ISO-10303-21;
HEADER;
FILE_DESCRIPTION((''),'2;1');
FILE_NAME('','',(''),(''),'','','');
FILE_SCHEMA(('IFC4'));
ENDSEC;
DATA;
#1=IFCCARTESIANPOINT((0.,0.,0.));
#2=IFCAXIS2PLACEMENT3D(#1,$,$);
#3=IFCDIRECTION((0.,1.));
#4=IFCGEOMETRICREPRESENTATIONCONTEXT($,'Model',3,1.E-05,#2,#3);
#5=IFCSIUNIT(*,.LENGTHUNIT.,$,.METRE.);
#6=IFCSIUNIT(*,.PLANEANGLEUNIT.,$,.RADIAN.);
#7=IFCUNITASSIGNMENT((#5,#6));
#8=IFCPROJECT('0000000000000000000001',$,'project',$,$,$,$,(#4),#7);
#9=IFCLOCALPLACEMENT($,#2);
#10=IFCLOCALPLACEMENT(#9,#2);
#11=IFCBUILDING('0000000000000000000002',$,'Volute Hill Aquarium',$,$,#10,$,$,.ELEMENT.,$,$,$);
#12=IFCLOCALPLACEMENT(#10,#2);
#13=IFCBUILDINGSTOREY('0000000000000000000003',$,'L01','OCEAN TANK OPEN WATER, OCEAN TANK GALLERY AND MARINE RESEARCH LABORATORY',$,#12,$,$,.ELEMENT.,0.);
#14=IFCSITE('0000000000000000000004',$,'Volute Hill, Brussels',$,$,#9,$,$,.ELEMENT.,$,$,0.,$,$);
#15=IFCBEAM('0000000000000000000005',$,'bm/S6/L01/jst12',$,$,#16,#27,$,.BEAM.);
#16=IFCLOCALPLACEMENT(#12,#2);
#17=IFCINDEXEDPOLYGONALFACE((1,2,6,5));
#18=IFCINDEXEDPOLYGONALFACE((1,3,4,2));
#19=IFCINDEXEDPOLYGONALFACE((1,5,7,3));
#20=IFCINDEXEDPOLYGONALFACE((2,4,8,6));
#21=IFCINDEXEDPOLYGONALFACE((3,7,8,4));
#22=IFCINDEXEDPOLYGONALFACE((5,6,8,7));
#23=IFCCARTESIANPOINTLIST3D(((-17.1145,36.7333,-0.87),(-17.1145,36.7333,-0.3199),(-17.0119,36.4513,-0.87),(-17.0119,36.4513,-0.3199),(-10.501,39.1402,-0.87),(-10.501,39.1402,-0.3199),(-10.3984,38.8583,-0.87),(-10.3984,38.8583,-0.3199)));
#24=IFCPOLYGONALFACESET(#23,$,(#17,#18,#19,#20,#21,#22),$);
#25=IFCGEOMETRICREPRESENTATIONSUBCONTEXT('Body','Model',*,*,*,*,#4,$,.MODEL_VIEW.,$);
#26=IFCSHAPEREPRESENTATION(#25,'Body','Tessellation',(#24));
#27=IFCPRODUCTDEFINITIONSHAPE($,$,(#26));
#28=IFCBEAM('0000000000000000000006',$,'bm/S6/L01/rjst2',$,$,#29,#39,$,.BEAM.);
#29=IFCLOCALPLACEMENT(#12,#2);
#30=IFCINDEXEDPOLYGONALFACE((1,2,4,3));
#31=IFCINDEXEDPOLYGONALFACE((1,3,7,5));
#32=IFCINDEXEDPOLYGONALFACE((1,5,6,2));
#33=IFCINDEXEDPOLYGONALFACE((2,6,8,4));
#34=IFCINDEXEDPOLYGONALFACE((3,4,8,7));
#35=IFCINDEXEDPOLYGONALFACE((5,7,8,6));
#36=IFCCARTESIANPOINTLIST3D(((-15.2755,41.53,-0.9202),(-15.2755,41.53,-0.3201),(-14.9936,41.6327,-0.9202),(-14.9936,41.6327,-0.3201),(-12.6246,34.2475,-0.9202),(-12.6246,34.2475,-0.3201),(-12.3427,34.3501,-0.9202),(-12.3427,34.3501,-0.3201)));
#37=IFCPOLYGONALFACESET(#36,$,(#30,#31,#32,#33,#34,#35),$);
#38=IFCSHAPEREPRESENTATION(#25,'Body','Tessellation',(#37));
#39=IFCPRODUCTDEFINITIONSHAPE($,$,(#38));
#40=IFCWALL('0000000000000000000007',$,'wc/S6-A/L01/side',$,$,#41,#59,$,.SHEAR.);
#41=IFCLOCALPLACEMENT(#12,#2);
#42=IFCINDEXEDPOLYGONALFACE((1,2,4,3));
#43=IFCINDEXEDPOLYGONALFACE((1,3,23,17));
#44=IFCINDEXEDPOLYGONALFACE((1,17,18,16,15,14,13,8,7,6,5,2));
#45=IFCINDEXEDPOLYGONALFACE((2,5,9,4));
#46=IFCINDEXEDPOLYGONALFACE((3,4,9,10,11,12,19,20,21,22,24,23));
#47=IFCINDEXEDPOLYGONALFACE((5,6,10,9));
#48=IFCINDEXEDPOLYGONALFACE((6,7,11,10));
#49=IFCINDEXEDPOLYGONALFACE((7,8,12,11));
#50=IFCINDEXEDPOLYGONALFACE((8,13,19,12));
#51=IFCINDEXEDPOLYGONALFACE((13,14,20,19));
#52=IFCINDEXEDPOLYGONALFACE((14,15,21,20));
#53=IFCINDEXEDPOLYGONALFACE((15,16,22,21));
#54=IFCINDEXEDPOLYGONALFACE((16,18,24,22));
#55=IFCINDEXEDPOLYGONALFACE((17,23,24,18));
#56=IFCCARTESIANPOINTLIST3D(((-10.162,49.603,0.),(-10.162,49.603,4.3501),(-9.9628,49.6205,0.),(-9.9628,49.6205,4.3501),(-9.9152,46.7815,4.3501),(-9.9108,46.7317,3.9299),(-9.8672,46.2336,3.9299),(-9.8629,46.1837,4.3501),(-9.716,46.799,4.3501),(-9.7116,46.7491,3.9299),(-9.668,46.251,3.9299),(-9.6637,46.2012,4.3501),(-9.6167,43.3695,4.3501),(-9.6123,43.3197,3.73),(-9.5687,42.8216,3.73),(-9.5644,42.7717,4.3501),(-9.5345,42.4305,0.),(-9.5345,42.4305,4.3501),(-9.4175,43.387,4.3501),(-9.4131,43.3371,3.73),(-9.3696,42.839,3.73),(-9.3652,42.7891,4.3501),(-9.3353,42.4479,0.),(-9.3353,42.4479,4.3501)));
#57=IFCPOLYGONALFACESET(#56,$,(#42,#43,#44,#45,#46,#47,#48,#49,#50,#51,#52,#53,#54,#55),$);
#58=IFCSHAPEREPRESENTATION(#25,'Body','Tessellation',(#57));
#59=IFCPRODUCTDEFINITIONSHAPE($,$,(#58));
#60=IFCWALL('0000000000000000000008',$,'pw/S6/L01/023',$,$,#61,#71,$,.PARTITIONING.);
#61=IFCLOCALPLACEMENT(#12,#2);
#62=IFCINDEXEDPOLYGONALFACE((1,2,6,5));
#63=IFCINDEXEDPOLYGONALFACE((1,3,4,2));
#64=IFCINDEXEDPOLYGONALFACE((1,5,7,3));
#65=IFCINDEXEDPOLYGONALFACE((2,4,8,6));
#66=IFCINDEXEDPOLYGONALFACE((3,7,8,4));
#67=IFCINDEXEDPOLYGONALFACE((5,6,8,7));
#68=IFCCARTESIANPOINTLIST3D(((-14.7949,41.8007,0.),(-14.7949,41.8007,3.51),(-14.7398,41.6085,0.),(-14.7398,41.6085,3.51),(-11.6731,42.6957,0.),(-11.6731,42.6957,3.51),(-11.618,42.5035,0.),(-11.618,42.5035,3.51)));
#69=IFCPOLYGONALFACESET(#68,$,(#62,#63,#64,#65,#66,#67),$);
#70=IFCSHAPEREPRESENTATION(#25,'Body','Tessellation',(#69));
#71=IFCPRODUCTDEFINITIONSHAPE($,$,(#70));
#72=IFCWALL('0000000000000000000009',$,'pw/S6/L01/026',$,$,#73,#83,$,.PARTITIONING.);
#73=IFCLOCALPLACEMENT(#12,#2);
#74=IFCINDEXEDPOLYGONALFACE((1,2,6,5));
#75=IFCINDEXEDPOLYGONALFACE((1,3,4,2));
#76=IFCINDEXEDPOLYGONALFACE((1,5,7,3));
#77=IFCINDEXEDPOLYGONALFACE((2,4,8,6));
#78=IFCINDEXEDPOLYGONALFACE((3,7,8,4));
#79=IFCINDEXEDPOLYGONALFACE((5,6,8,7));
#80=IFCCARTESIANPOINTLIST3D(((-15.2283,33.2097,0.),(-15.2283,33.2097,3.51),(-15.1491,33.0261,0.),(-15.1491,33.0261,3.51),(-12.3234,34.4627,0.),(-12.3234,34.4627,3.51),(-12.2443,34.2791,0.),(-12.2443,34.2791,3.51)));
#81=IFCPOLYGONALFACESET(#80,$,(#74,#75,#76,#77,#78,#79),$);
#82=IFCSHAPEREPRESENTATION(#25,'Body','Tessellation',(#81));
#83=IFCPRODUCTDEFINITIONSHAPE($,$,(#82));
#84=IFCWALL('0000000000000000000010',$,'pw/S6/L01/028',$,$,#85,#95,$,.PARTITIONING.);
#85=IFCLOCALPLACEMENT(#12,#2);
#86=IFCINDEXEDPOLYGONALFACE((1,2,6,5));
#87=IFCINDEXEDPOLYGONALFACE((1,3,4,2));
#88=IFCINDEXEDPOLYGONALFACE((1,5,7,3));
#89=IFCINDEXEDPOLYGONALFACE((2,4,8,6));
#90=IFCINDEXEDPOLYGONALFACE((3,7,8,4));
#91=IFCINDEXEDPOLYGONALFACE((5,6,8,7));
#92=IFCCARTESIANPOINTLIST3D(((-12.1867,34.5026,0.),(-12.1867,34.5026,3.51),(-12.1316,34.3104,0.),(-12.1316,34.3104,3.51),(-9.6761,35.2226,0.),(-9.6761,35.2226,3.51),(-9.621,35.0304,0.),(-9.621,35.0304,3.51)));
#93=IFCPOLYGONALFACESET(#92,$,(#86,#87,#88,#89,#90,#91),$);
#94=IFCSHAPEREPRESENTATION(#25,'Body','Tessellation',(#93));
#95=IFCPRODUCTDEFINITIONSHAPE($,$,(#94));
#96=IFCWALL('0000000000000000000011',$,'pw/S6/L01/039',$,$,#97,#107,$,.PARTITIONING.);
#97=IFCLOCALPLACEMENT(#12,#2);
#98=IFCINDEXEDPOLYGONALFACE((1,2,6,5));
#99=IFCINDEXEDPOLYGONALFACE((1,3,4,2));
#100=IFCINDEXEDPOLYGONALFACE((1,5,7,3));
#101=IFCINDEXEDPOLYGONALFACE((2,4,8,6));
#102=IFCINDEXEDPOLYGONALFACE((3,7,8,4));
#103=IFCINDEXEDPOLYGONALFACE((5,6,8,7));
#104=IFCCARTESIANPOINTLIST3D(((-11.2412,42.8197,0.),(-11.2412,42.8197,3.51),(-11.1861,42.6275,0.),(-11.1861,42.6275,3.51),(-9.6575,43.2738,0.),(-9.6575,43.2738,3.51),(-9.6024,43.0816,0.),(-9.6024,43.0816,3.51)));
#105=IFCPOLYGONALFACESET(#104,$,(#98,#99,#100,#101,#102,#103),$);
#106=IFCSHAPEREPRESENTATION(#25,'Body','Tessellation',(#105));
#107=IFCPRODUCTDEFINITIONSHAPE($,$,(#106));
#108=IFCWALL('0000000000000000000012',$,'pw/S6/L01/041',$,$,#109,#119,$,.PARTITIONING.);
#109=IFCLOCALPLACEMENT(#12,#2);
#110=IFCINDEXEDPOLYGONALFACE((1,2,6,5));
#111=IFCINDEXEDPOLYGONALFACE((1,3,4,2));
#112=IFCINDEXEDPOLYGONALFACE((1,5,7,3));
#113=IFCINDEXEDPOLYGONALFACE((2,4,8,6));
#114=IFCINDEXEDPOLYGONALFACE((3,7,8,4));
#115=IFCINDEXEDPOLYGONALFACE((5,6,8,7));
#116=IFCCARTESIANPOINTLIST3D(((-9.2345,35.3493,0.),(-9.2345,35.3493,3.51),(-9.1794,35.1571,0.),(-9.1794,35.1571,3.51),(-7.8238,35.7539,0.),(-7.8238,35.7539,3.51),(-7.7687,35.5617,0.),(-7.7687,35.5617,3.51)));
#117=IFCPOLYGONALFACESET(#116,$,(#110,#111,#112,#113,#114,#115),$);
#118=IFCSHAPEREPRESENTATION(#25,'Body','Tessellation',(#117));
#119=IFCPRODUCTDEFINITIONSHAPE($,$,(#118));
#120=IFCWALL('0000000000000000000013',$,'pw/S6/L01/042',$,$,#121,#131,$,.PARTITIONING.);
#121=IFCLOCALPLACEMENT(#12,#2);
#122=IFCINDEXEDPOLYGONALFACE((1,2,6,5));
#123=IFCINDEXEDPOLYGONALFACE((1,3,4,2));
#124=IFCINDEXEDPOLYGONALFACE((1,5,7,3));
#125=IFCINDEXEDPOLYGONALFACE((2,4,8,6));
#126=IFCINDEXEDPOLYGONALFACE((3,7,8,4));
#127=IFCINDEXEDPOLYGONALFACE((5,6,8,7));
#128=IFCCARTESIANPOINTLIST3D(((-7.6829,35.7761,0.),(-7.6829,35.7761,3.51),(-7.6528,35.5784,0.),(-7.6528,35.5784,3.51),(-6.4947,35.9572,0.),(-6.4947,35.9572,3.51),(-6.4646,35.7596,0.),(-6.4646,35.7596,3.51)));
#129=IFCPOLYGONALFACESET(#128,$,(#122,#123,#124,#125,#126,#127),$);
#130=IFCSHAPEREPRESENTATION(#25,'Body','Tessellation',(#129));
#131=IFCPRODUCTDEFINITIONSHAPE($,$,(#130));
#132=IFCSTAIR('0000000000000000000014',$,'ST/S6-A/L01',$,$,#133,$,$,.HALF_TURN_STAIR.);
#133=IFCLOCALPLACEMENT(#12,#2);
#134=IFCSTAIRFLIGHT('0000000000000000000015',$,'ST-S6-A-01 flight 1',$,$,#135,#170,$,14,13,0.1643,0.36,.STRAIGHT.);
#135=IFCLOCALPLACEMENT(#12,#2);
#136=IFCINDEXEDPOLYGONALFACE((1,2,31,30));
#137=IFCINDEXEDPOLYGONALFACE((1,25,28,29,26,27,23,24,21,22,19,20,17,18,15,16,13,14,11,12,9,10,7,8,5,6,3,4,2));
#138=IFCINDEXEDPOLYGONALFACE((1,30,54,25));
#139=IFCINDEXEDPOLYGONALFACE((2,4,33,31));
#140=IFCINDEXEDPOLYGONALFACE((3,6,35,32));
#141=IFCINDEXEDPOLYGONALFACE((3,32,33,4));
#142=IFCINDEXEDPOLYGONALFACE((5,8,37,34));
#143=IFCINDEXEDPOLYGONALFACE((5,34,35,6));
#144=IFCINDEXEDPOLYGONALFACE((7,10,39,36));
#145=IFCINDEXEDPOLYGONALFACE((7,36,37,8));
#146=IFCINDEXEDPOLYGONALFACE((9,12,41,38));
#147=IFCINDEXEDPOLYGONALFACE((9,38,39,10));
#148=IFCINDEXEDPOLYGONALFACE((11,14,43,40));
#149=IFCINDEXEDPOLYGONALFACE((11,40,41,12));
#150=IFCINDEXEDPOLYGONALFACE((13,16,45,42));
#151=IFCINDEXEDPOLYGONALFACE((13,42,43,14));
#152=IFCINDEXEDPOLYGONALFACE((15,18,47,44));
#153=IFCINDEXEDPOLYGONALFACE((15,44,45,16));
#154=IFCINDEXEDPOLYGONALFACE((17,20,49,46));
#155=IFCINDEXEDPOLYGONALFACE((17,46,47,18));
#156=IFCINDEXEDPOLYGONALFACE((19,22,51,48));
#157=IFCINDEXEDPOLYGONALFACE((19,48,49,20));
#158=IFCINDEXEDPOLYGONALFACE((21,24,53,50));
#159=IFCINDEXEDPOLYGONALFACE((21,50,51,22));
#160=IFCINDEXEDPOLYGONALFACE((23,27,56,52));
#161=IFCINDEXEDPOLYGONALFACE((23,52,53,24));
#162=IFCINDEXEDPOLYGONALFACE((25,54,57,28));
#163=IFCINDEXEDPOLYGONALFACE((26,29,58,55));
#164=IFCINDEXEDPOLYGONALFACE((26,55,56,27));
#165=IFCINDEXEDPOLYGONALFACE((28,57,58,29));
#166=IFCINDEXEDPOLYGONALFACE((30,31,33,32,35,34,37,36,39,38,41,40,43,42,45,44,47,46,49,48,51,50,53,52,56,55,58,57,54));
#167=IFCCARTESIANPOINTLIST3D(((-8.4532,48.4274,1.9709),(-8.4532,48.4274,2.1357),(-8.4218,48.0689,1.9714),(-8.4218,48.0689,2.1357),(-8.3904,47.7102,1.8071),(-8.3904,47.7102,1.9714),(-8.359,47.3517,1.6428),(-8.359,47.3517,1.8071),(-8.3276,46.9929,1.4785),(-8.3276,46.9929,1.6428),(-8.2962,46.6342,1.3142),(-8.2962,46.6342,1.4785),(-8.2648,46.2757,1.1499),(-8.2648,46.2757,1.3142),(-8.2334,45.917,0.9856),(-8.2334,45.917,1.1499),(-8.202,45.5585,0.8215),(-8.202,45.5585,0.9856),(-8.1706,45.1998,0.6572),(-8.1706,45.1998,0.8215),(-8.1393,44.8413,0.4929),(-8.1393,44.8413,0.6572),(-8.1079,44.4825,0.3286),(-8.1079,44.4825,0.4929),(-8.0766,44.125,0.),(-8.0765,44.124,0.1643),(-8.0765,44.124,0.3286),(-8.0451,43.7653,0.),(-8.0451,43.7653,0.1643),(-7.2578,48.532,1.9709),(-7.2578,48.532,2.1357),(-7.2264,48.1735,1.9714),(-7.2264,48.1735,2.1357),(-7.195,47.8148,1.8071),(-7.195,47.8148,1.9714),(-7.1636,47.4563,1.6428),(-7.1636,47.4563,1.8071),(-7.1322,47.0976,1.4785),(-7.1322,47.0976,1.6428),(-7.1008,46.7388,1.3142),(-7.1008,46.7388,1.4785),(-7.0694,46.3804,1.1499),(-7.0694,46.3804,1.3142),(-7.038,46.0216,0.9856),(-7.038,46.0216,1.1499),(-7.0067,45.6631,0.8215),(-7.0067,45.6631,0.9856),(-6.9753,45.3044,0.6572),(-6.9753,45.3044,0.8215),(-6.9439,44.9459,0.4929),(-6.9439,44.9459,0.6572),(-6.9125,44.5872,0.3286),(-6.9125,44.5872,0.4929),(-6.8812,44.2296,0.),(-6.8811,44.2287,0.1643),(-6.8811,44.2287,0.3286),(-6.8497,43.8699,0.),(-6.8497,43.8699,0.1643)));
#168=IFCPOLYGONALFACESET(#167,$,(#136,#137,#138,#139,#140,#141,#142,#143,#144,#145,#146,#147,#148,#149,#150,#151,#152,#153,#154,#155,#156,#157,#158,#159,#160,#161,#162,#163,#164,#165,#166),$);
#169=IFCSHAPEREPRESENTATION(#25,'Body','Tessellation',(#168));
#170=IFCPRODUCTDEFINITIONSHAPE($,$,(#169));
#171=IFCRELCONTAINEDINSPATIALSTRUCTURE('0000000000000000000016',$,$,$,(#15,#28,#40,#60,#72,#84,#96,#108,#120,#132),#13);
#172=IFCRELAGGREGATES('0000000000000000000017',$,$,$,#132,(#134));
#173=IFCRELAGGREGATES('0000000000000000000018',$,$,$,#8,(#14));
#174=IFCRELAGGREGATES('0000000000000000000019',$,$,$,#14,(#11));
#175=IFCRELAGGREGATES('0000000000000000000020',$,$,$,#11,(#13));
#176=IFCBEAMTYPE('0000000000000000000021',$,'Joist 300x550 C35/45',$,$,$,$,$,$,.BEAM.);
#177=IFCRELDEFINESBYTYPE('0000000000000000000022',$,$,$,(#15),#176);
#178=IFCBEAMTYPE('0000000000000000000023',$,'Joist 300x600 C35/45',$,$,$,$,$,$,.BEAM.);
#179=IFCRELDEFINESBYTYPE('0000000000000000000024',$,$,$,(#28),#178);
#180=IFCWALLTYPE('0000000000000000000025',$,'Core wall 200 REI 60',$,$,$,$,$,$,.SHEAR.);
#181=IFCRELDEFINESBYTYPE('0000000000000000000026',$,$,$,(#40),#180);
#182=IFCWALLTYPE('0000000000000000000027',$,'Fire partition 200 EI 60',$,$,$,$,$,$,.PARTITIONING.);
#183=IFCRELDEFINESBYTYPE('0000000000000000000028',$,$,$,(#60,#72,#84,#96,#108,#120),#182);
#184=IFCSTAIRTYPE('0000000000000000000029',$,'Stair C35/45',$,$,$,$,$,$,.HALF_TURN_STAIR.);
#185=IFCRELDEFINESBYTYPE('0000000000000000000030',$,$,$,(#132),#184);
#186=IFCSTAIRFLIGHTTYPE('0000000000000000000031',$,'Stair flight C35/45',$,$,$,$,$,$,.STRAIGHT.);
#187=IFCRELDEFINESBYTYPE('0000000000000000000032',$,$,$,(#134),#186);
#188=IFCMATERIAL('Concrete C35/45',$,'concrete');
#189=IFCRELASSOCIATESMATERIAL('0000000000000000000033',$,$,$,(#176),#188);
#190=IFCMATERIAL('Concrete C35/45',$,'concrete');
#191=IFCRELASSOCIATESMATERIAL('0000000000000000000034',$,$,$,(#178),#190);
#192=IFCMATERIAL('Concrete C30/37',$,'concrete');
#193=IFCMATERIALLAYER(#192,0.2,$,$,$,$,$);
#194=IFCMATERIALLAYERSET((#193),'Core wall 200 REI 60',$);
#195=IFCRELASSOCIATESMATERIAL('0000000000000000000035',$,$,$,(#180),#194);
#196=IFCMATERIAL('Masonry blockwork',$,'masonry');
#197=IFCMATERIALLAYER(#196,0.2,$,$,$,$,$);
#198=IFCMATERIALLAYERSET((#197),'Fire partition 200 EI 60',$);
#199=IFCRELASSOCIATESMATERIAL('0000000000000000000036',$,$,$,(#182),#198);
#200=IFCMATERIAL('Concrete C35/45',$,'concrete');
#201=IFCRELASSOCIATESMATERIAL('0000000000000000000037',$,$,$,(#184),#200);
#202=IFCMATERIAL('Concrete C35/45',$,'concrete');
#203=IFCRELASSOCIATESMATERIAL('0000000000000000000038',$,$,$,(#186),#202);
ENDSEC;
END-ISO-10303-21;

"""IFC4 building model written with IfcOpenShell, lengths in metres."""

from ifc_helpers import new_model, si_unit, direction, frame, frame_2d, origin, origin_2d, place, context, subcontext, project, spatial, polyline, rectangle, outline, extrude, material, layer, layer_set, material_profile, profile_set, type_object, element, aggregate, save


model = new_model("IFC4")

# Units and contexts
model_context = context("Model", 3, precision=1e-05, world=origin(), true_north=direction((0.0, 1.0)))
body_context = subcontext(model_context, "Body", "Model", "MODEL_VIEW")
ifc_project = project(units=[si_unit("LENGTHUNIT", "METRE"), si_unit("PLANEANGLEUNIT", "RADIAN")], contexts=[model_context])

# Site, building, storey
site_placement = place(None, origin())
site = spatial("IfcSite", under=ifc_project, at=site_placement, Name="Volute Hill, Brussels", CompositionType="ELEMENT", RefElevation=0.0)
building_placement = place(site_placement, origin())
building = spatial("IfcBuilding", under=site, at=building_placement, Name="Volute Hill Aquarium", CompositionType="ELEMENT")
storey_placement = place(building_placement, origin())
storey = spatial("IfcBuildingStorey", under=building, at=storey_placement, Name="L01", Description="OCEAN TANK OPEN WATER, OCEAN TANK GALLERY AND MARINE RESEARCH LABORATORY", CompositionType="ELEMENT", Elevation=0.0)

# Beams
ifc_material_1 = material(Name="Concrete C35/45", Category="concrete")
ifc_material_profile_1 = material_profile(ifc_material_1, rectangle(XDim=0.3, YDim=0.55, at=origin_2d()), Name="RC joist 300x550")
ifc_profile_set_1 = profile_set([ifc_material_profile_1], Name="Concrete C35/45")
beam_type_1 = type_object("IfcBeamType", Name="Joist 300x550 C35/45", PredefinedType="BEAM", material=ifc_profile_set_1)
beam_1_placement = place(storey_placement, frame((-10.4497, 38.9993, -0.595), z_axis=(-0.939699, -0.342002, 0.0), x_axis=(0.342002, -0.939699, 0.0)))
element("IfcBeam", 1, at=beam_1_placement, inside=storey, type_object=beam_type_1, Name="bm/S6/L01/jst12", PredefinedType="BEAM", context=body_context, shape_type="SweptSolid", body=[
    extrude(rectangle(XDim=0.3, YDim=0.55, at=origin_2d()), origin(), (0.0, 0.0, 1.0), 7.0378),
])
ifc_material_2 = material(Name="Concrete C35/45", Category="concrete")
ifc_material_profile_2 = material_profile(ifc_material_2, rectangle(XDim=0.3, YDim=0.6001, at=origin_2d()), Name="RC joist 300x600")
ifc_profile_set_2 = profile_set([ifc_material_profile_2], Name="Concrete C35/45")
beam_type_2 = type_object("IfcBeamType", Name="Joist 300x600 C35/45", PredefinedType="BEAM", material=ifc_profile_set_2)
beam_2_placement = place(storey_placement, frame((-12.4836, 34.2988, -0.6201), z_axis=(-0.342052, 0.939681, 0.0), x_axis=(-0.939681, -0.342052, 0.0)))
element("IfcBeam", 2, at=beam_2_placement, inside=storey, type_object=beam_type_2, Name="bm/S6/L01/rjst2", PredefinedType="BEAM", context=body_context, shape_type="SweptSolid", body=[
    extrude(rectangle(XDim=0.3, YDim=0.6001, at=origin_2d()), origin(), (0.0, 0.0, 1.0), 7.75),
])

# Walls
ifc_material_3 = material(Name="Concrete C30/37", Category="concrete")
ifc_layer_1 = layer(ifc_material_3, 0.2)
ifc_layer_set_1 = layer_set([ifc_layer_1], Name="Core wall 200 REI 60")
wall_type_1 = type_object("IfcWallType", Name="Core wall 200 REI 60", PredefinedType="SHEAR", material=ifc_layer_set_1)
wall_1_placement = place(storey_placement, frame((-9.4348, 42.4392, 0.0), z_axis=(0.0, 0.0, 1.0), x_axis=(-0.087145, 0.996196, 0.0)))
element("IfcWall", 3, at=wall_1_placement, inside=storey, type_object=wall_type_1, Name="wc/S6-A/L01/side", PredefinedType="SHEAR", context=body_context, shape_type="SweptSolid", body=[
    extrude(outline(polyline([(0.0, 0.0), (7.2, 0.0), (7.2, 4.3501), (4.3677, 4.3501), (4.3176, 3.9299), (3.8176, 3.9299), (3.7676, 4.3501), (0.9426, 4.3501), (0.8926, 3.73), (0.3926, 3.73), (0.3425, 4.3501), (0.0, 4.3501), (0.0, 0.0)])), frame((0.0, 0.1001, 0.0), z_axis=(0.0, -1.0, 0.0), x_axis=(1.0, 0.0, 0.0)), (0.0, 0.0, 1.0), 0.2),
])
ifc_material_4 = material(Name="Masonry blockwork", Category="masonry")
ifc_layer_2 = layer(ifc_material_4, 0.2)
ifc_layer_set_2 = layer_set([ifc_layer_2], Name="Fire partition 200 EI 60")
wall_type_2 = type_object("IfcWallType", Name="Fire partition 200 EI 60", PredefinedType="PARTITIONING", material=ifc_layer_set_2)
wall_2_placement = place(storey_placement, frame((-14.7673, 41.7046, 0.0), z_axis=(0.0, 0.0, 1.0), x_axis=(0.961274, 0.275595, 0.0)))
element("IfcWall", 4, at=wall_2_placement, inside=storey, type_object=wall_type_2, Name="pw/S6/L01/023", PredefinedType="PARTITIONING", context=body_context, shape_type="SweptSolid", body=[
    extrude(rectangle(XDim=3.2476, YDim=0.2, at=frame_2d((1.6238, 0.0))), origin(), (0.0, 0.0, 1.0), 3.51),
])
wall_3_placement = place(storey_placement, frame((-15.1887, 33.1179, 0.0), z_axis=(0.0, 0.0, 1.0), x_axis=(0.918224, 0.39606, 0.0)))
element("IfcWall", 5, at=wall_3_placement, inside=storey, type_object=wall_type_2, Name="pw/S6/L01/026", PredefinedType="PARTITIONING", context=body_context, shape_type="SweptSolid", body=[
    extrude(rectangle(XDim=3.1636, YDim=0.2, at=frame_2d((1.5818, 0.0))), origin(), (0.0, 0.0, 1.0), 3.51),
])
wall_4_placement = place(storey_placement, frame((-12.1592, 34.4065, 0.0), z_axis=(0.0, 0.0, 1.0), x_axis=(0.961252, 0.275672, 0.0)))
element("IfcWall", 6, at=wall_4_placement, inside=storey, type_object=wall_type_2, Name="pw/S6/L01/028", PredefinedType="PARTITIONING", context=body_context, shape_type="SweptSolid", body=[
    extrude(rectangle(XDim=2.6118, YDim=0.2, at=frame_2d((1.3059, 0.0))), origin(), (0.0, 0.0, 1.0), 3.51),
])
wall_5_placement = place(storey_placement, frame((-11.2136, 42.7236, 0.0), z_axis=(0.0, 0.0, 1.0), x_axis=(0.961266, 0.275621, 0.0)))
element("IfcWall", 7, at=wall_5_placement, inside=storey, type_object=wall_type_2, Name="pw/S6/L01/039", PredefinedType="PARTITIONING", context=body_context, shape_type="SweptSolid", body=[
    extrude(rectangle(XDim=1.6475, YDim=0.2, at=frame_2d((0.8237, 0.0))), origin(), (0.0, 0.0, 1.0), 3.51),
])
wall_6_placement = place(storey_placement, frame((-9.207, 35.2532, 0.0), z_axis=(0.0, 0.0, 1.0), x_axis=(0.961254, 0.275666, 0.0)))
element("IfcWall", 8, at=wall_6_placement, inside=storey, type_object=wall_type_2, Name="pw/S6/L01/041", PredefinedType="PARTITIONING", context=body_context, shape_type="SweptSolid", body=[
    extrude(rectangle(XDim=1.4675, YDim=0.2, at=frame_2d((0.7339, 0.0))), origin(), (0.0, 0.0, 1.0), 3.51),
])
wall_7_placement = place(storey_placement, frame((-7.668, 35.6772, 0.0), z_axis=(0.0, 0.0, 1.0), x_axis=(0.988577, 0.150714, 0.0)))
element("IfcWall", 9, at=wall_7_placement, inside=storey, type_object=wall_type_2, Name="pw/S6/L01/042", PredefinedType="PARTITIONING", context=body_context, shape_type="SweptSolid", body=[
    extrude(rectangle(XDim=1.2019, YDim=0.2, at=frame_2d((0.6011, 0.0))), origin(), (0.0, 0.0, 1.0), 3.51),
])

# Stair, stair flight
ifc_material_5 = material(Name="Concrete C35/45", Category="concrete")
stair_type = type_object("IfcStairType", Name="Stair C35/45", PredefinedType="HALF_TURN_STAIR", material=ifc_material_5)
stair_placement = place(storey_placement, origin())
stair = element("IfcStair", 10, at=stair_placement, inside=storey, type_object=stair_type, Name="ST/S6-A/L01", PredefinedType="HALF_TURN_STAIR")
ifc_material_6 = material(Name="Concrete C35/45", Category="concrete")
stair_flight_type = type_object("IfcStairFlightType", Name="Stair flight C35/45", PredefinedType="STRAIGHT", material=ifc_material_6)
stair_flight_placement = place(storey_placement, frame((-7.4473, 43.8176, 0.0), z_axis=(0.0, 0.0, 1.0), x_axis=(-0.087199, 0.996191, 0.0)))
stair_flight = element("IfcStairFlight", 11, at=stair_flight_placement, type_object=stair_flight_type, Name="ST-S6-A-01 flight 1", NumberOfRisers=14, NumberOfTreads=13, PredefinedType="STRAIGHT", RiserHeight=0.1643, TreadLength=0.36, context=body_context, shape_type="SweptSolid", body=[
    extrude(outline(polyline([(0.0, 0.0), (0.0, 0.1643), (0.3601, 0.1643), (0.3601, 0.3286), (0.72, 0.3286), (0.72, 0.4929), (1.0801, 0.4929), (1.0801, 0.6572), (1.4399, 0.6572), (1.4399, 0.8215), (1.8, 0.8215), (1.8, 0.9856), (2.1599, 0.9856), (2.1599, 1.1499), (2.52, 1.1499), (2.52, 1.3142), (2.8799, 1.3142), (2.8799, 1.4785), (3.24, 1.4785), (3.24, 1.6428), (3.6001, 1.6428), (3.6001, 1.8071), (3.96, 1.8071), (3.96, 1.9714), (4.3201, 1.9714), (4.3201, 2.1357), (4.6799, 2.1357), (4.6799, 2.3), (4.6799, 1.9709), (0.3611, 0.0), (0.0, 0.0)])), frame((0.0, 0.6001, 0.0), z_axis=(0.0, -1.0, 0.0), x_axis=(1.0, 0.0, 0.0)), (0.0, 0.0, 1.0), 1.2),
])
aggregate(stair, [stair_flight])

save(model, "model.ifc")
